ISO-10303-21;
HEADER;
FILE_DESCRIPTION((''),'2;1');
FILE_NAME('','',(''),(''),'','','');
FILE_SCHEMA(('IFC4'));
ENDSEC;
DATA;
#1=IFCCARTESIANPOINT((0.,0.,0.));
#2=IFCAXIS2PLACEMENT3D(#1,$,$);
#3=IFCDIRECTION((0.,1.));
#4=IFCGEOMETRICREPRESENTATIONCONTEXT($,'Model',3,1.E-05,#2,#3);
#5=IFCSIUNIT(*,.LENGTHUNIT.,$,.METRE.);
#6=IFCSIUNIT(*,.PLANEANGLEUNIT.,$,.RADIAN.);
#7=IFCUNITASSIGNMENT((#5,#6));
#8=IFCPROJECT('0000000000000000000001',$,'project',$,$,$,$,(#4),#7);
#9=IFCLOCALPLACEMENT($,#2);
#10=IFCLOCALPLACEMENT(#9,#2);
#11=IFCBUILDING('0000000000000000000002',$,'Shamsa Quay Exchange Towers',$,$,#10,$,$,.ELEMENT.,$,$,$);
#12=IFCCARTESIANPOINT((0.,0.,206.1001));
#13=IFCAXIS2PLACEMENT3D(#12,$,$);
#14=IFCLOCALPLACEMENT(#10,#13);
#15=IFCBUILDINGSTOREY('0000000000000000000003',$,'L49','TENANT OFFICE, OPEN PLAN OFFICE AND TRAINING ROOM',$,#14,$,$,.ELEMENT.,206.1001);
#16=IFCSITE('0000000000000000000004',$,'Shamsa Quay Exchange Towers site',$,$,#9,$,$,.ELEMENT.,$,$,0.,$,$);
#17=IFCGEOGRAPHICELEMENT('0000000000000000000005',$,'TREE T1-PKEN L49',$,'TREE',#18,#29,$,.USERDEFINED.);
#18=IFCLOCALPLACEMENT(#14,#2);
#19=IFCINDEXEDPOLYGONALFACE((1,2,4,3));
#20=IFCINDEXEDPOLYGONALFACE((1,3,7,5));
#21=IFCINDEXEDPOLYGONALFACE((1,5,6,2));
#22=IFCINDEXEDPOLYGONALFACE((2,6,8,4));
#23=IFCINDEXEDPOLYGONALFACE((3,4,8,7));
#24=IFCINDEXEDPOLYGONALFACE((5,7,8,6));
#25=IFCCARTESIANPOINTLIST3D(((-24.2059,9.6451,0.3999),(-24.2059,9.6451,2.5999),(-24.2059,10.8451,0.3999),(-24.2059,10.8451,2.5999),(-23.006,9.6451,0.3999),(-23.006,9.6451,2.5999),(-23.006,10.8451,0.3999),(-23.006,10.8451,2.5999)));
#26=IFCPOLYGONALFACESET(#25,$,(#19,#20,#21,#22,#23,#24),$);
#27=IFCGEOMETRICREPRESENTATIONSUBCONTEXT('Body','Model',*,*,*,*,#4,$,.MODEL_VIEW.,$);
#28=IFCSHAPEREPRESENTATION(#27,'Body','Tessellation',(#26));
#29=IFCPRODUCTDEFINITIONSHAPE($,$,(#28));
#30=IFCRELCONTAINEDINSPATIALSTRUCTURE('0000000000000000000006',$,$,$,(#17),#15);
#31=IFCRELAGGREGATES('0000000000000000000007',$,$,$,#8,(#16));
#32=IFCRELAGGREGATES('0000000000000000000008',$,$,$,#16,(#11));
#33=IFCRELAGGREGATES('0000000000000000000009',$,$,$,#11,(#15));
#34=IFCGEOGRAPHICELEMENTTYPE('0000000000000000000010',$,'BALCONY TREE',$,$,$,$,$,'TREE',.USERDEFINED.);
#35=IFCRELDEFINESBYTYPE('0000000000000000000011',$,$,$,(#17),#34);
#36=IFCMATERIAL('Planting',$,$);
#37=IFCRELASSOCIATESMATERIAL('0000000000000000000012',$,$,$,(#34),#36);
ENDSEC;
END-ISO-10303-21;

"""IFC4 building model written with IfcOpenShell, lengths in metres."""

from ifc_helpers import new_model, si_unit, direction, frame, origin, origin_2d, place, context, subcontext, project, spatial, rectangle, extrude, material, type_object, element, save


model = new_model("IFC4")

# Units and contexts
model_context = context("Model", 3, precision=1e-05, world=origin(), true_north=direction((0.0, 1.0)))
body_context = subcontext(model_context, "Body", "Model", "MODEL_VIEW")
ifc_project = project(units=[si_unit("LENGTHUNIT", "METRE"), si_unit("PLANEANGLEUNIT", "RADIAN")], contexts=[model_context])

# Site, building, storey
site_placement = place(None, origin())
site = spatial("IfcSite", under=ifc_project, at=site_placement, Name="Shamsa Quay Exchange Towers site", CompositionType="ELEMENT", RefElevation=0.0)
building_placement = place(site_placement, origin())
building = spatial("IfcBuilding", under=site, at=building_placement, Name="Shamsa Quay Exchange Towers", CompositionType="ELEMENT")
storey_placement = place(building_placement, frame((0.0, 0.0, 206.1001)))
storey = spatial("IfcBuildingStorey", under=building, at=storey_placement, Name="L49", Description="TENANT OFFICE, OPEN PLAN OFFICE AND TRAINING ROOM", CompositionType="ELEMENT", Elevation=206.1001)

# Geographic element
ifc_material_1 = material(Name="Planting")
geographic_element_type = type_object("IfcGeographicElementType", Name="BALCONY TREE", ElementType="TREE", PredefinedType="USERDEFINED", material=ifc_material_1)
geographic_element_placement = place(storey_placement, frame((-23.606, 10.2451, 0.3999), z_axis=(0.0, 0.0, 1.0), x_axis=(-1.0, 0.0, 0.0)))
element("IfcGeographicElement", 1, at=geographic_element_placement, inside=storey, type_object=geographic_element_type, Name="TREE T1-PKEN L49", ObjectType="TREE", PredefinedType="USERDEFINED", context=body_context, shape_type="SweptSolid", body=[
    extrude(rectangle(XDim=1.2, YDim=1.2, at=origin_2d()), origin(), (0.0, 0.0, 1.0), 2.2),
])

save(model, "model.ifc")
